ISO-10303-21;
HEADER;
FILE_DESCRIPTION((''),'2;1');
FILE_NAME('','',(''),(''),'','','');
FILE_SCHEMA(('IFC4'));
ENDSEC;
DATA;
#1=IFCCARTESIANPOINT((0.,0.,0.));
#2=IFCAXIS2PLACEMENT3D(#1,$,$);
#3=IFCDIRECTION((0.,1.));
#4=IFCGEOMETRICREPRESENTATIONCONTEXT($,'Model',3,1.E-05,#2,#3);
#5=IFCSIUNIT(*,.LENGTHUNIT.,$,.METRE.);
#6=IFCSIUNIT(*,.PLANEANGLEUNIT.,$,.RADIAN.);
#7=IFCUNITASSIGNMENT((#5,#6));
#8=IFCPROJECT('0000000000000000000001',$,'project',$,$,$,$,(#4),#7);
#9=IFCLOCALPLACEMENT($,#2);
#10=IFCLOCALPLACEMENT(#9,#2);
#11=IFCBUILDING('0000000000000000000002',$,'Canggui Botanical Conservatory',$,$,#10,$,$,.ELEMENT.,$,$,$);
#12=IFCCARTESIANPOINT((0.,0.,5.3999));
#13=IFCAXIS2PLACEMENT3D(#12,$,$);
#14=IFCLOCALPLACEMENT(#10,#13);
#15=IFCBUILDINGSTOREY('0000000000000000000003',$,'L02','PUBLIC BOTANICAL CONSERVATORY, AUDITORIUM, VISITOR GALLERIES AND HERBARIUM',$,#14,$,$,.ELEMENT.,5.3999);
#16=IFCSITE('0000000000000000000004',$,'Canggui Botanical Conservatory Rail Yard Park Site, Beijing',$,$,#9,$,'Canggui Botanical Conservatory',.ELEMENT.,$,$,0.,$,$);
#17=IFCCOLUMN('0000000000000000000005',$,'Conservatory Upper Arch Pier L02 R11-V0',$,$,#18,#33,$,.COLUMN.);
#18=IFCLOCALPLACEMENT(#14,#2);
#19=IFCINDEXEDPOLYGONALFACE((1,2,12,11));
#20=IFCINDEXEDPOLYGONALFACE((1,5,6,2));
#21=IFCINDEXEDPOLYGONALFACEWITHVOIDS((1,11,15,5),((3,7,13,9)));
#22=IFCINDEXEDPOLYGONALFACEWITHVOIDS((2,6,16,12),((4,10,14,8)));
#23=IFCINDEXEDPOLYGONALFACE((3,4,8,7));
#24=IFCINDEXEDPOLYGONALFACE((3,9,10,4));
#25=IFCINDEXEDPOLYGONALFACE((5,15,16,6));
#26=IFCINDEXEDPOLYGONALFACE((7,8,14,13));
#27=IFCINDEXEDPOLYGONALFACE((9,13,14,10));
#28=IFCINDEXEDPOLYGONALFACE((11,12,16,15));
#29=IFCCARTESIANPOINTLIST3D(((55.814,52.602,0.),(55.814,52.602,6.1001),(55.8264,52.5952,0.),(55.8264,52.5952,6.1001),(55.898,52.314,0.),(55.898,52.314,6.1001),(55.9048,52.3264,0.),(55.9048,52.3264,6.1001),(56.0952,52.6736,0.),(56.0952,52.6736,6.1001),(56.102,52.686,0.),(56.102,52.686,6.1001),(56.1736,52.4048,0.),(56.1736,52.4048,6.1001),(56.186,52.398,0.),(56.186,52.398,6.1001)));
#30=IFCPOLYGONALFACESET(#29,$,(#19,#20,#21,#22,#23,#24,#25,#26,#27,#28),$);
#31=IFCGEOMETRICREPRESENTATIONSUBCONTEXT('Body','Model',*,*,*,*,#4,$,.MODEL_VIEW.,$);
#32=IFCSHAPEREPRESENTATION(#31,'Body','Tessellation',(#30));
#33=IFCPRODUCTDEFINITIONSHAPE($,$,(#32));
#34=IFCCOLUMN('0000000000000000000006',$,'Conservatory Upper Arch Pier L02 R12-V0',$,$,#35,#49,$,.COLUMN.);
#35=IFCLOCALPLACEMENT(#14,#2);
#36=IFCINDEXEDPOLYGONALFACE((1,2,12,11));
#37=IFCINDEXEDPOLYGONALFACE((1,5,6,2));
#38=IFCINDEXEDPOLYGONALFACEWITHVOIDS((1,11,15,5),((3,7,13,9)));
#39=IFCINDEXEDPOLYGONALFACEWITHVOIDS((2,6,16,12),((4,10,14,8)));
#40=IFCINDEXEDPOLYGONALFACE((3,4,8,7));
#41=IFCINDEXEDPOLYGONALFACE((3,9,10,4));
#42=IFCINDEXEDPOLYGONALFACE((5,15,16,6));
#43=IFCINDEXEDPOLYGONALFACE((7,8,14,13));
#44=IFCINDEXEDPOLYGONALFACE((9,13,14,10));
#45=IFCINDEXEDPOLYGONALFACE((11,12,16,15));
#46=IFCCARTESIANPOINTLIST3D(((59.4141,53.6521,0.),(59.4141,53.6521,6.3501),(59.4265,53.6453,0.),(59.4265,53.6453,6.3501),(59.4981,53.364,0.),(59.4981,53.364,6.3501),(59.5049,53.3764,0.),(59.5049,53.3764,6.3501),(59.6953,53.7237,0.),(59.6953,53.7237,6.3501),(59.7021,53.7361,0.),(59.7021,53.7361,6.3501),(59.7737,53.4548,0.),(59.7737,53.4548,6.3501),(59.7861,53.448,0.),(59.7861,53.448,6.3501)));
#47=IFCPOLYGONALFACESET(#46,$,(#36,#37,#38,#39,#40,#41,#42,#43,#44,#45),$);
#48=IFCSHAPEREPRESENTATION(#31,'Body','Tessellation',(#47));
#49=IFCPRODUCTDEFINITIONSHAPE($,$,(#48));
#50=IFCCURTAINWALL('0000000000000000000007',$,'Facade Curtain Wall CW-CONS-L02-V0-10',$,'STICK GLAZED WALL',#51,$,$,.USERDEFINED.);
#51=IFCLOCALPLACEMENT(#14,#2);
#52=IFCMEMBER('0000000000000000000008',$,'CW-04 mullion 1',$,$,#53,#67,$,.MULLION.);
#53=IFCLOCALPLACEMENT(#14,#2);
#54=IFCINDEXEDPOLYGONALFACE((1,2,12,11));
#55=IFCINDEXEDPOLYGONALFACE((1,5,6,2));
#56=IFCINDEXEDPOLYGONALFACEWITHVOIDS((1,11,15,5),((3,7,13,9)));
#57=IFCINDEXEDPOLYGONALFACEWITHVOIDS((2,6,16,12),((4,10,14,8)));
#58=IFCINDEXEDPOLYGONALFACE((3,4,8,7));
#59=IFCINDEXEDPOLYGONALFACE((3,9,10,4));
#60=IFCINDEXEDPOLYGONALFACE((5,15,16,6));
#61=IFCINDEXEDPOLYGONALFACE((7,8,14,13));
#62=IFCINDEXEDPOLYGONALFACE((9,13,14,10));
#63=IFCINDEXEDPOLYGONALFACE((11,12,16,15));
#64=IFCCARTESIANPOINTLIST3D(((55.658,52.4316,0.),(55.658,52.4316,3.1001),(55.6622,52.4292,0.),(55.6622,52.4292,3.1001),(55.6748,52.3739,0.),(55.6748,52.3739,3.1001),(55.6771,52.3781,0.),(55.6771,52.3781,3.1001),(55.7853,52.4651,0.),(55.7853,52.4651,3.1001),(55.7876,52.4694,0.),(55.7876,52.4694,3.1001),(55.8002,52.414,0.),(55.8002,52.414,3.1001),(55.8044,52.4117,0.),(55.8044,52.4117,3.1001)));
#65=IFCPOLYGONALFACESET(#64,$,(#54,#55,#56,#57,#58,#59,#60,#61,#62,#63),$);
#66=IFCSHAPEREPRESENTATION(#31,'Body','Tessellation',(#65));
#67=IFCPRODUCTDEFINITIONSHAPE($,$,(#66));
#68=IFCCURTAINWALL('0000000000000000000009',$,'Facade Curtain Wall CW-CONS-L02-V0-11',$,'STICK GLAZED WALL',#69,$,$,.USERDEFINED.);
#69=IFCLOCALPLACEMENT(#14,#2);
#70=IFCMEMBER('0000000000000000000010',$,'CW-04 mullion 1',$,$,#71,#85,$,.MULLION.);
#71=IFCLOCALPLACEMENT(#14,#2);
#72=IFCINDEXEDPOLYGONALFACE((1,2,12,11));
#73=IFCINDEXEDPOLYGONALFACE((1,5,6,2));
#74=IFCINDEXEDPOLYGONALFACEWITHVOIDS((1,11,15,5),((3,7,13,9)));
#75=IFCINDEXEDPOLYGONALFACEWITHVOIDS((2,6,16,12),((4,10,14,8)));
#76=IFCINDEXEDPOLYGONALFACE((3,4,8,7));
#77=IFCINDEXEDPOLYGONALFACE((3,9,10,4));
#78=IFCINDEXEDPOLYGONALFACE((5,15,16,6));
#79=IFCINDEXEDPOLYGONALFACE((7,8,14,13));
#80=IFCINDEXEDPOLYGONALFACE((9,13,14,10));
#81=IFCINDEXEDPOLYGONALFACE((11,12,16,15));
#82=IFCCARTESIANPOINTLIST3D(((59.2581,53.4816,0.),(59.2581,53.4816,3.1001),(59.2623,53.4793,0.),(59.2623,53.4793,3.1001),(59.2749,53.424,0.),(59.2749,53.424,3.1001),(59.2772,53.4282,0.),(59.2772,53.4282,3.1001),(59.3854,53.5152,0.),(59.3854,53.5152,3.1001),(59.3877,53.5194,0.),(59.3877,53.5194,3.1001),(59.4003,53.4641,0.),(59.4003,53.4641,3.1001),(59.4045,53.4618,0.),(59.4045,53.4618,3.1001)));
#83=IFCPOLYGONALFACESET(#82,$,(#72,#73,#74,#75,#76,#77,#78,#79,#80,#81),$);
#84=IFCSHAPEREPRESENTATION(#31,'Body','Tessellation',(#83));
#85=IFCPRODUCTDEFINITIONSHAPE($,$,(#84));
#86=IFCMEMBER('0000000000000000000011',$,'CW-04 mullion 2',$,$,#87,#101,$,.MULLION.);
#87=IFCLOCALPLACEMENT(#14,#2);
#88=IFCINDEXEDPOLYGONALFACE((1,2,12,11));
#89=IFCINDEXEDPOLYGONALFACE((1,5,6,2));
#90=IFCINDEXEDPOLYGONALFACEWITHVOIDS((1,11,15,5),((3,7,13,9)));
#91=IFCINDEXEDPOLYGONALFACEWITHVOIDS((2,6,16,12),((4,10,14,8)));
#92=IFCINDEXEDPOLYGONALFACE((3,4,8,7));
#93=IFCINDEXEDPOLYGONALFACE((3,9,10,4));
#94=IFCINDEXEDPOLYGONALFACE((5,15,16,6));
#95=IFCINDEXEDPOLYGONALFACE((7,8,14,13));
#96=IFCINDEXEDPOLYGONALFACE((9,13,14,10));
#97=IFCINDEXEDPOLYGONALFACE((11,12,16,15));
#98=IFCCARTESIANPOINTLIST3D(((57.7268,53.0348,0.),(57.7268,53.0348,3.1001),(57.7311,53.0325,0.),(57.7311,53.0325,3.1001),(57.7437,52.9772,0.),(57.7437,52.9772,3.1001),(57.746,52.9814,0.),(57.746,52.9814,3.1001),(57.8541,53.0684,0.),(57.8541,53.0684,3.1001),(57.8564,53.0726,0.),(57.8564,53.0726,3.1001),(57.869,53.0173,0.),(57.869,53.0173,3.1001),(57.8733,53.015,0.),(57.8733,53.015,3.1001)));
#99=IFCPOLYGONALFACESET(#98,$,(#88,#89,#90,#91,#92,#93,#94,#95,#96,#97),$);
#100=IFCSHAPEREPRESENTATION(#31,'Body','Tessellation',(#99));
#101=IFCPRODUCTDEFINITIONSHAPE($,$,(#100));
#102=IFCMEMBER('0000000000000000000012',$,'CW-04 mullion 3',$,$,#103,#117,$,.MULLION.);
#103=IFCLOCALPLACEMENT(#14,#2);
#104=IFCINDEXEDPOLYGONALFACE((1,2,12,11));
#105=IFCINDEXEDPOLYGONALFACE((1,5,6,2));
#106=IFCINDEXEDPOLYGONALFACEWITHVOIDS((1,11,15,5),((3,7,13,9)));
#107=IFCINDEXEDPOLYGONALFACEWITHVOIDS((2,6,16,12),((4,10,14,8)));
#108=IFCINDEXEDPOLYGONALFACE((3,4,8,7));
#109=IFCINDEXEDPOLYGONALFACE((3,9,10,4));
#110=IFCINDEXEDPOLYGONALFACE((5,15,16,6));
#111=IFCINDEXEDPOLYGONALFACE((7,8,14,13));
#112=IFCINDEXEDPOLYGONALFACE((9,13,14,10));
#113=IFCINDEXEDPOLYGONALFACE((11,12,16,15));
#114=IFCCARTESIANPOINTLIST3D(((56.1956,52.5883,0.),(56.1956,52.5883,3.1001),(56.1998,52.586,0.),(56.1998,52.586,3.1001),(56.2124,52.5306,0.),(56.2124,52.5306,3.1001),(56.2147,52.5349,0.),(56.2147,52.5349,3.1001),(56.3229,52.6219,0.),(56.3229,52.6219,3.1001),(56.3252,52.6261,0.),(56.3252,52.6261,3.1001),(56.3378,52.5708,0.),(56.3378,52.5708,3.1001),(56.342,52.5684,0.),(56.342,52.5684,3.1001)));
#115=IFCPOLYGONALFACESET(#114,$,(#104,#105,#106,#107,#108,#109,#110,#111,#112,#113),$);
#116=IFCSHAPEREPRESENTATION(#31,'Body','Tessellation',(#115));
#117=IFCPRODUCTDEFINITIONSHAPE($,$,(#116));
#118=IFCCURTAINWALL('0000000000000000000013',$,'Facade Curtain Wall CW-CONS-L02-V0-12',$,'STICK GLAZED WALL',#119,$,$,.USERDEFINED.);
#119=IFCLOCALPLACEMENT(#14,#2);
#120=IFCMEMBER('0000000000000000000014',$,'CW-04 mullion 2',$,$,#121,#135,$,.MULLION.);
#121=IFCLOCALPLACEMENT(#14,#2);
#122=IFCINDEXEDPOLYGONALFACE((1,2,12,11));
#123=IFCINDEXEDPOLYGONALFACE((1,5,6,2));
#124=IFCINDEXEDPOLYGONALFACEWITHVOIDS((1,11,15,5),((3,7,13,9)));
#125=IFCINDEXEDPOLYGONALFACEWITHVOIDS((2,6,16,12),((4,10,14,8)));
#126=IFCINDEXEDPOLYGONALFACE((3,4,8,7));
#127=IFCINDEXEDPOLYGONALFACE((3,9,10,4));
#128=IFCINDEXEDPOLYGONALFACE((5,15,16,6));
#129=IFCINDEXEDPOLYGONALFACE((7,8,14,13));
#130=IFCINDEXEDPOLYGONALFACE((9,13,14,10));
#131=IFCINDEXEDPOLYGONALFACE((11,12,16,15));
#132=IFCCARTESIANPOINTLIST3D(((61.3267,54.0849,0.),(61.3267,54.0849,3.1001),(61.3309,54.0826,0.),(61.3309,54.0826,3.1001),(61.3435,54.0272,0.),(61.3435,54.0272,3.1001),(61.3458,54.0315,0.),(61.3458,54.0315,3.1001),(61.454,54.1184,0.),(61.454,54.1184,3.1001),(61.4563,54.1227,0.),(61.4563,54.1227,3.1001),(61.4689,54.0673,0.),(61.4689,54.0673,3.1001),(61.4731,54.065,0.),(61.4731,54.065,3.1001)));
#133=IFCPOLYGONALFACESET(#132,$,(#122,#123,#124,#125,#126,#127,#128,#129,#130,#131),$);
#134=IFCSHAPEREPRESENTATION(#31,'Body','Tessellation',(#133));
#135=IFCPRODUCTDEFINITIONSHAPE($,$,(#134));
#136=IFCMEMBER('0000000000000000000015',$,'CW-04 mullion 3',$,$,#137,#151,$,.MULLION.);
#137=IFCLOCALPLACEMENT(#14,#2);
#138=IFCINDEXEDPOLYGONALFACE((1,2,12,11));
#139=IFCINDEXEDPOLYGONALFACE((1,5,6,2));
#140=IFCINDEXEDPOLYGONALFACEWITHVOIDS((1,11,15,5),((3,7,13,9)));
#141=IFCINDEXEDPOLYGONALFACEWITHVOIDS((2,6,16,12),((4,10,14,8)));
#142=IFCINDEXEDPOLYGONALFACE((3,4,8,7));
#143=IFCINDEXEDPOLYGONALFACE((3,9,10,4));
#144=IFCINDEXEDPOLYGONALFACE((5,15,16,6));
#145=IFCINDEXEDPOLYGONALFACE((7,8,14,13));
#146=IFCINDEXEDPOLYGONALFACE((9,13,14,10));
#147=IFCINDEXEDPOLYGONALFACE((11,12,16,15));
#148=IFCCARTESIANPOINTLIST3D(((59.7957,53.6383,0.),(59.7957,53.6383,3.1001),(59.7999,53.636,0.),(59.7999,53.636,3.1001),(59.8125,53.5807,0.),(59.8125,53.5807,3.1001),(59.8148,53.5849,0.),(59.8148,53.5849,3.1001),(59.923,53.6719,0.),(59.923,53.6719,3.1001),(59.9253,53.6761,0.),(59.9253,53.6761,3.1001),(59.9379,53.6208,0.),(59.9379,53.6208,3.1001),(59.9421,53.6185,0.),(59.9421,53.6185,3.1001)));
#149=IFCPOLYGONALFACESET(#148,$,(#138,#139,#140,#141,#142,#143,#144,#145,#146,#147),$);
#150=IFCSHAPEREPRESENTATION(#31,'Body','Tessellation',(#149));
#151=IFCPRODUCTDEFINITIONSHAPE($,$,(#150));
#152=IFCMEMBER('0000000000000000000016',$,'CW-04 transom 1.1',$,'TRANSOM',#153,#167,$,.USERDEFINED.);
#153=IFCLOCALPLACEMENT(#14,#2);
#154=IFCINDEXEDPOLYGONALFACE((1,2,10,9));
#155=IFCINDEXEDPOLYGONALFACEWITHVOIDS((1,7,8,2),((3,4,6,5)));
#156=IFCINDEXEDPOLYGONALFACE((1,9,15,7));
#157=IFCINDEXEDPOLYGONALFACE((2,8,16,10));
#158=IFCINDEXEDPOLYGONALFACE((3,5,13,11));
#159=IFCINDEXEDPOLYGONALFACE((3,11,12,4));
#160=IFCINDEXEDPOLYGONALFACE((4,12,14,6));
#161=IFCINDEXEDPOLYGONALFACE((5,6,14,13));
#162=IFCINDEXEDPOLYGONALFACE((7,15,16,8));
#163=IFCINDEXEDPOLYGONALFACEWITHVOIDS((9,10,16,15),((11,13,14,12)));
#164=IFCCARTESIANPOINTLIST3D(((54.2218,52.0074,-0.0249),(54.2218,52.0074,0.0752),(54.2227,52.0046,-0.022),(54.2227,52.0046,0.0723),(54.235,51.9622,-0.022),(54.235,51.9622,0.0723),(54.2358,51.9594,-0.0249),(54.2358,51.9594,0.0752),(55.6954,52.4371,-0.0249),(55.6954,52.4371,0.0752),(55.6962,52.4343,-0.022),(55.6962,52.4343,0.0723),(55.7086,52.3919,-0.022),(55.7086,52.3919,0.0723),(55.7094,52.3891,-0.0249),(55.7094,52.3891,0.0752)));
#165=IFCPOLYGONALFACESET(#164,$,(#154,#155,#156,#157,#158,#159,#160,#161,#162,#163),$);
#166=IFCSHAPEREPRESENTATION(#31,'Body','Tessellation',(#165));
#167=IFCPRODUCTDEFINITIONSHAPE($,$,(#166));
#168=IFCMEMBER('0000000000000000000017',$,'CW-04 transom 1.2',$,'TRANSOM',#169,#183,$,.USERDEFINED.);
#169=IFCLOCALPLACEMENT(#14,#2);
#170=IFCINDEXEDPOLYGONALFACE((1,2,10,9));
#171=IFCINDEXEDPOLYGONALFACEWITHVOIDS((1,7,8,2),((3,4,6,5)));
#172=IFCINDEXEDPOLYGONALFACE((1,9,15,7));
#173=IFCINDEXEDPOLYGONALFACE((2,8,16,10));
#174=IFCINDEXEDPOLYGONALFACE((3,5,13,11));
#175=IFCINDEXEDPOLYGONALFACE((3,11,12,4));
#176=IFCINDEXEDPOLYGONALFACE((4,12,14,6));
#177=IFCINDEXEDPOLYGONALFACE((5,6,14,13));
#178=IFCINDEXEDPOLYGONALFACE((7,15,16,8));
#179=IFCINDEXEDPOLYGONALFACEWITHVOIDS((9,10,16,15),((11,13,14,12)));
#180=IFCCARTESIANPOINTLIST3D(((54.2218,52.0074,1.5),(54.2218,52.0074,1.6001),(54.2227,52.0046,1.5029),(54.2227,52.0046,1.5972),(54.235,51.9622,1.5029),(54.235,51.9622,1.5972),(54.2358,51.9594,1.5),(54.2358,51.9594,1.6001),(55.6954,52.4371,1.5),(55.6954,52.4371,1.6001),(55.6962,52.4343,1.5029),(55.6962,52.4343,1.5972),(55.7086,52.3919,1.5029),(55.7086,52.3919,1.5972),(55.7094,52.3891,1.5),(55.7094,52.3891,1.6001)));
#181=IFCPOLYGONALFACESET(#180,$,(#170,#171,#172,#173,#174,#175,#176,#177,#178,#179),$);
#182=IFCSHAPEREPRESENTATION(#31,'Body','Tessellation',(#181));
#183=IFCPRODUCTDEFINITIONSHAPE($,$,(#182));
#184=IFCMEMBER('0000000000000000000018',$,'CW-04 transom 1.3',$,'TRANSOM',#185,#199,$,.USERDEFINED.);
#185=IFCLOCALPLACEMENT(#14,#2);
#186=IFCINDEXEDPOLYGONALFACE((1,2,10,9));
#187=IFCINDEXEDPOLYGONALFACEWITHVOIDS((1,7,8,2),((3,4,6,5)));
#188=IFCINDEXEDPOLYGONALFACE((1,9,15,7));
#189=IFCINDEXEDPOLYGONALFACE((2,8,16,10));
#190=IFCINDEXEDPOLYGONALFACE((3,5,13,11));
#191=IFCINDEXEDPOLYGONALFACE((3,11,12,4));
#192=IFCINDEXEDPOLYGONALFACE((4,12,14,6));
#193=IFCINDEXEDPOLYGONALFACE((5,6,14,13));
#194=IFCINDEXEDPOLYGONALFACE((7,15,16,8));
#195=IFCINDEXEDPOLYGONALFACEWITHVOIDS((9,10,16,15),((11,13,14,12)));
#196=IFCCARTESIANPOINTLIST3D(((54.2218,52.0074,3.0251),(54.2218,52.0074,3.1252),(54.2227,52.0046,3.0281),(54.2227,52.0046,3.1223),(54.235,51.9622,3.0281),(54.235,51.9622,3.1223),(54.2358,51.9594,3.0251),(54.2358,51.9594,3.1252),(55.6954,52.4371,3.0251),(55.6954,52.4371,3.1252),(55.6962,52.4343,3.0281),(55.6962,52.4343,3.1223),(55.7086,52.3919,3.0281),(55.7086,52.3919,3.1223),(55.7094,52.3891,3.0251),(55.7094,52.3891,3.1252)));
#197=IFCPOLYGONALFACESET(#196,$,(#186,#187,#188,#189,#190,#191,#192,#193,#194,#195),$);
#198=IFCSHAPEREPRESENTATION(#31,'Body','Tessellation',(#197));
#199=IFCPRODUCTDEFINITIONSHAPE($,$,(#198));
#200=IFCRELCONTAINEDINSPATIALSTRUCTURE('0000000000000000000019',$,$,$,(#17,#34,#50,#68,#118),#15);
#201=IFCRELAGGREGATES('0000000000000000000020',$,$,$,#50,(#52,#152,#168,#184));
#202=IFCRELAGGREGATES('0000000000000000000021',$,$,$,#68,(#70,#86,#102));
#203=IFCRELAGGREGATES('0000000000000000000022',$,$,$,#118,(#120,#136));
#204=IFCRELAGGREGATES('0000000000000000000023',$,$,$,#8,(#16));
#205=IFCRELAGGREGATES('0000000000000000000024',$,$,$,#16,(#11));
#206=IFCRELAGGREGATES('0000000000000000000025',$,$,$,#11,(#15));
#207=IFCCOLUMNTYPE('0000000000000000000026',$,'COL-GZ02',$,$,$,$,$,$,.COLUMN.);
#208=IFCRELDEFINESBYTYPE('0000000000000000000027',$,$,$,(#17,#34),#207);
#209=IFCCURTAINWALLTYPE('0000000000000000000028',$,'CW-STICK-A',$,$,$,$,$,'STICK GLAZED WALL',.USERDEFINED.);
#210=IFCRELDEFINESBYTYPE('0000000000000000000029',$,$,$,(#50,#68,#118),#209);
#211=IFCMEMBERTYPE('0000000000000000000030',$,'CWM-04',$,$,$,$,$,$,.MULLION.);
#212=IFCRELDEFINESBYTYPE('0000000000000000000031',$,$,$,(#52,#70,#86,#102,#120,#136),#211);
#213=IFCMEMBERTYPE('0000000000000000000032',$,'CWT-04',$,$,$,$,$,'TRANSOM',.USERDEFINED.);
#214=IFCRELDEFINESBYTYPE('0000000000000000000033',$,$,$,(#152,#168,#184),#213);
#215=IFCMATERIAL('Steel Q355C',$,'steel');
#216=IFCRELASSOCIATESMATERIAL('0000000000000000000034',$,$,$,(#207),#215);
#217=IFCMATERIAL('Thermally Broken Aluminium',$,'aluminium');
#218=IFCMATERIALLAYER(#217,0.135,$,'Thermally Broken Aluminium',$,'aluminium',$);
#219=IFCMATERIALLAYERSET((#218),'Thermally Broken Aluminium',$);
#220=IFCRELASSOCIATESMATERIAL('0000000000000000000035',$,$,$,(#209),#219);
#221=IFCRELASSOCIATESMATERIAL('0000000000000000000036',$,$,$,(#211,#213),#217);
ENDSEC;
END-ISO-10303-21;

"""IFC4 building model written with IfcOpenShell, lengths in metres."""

from ifc_helpers import new_model, si_unit, direction, frame, origin, origin_2d, place, context, subcontext, project, spatial, hollow_rectangle, extrude, material, layer, layer_set, material_profile, profile_set, type_object, element, aggregate, save


model = new_model("IFC4")

# Units and contexts
model_context = context("Model", 3, precision=1e-05, world=origin(), true_north=direction((0.0, 1.0)))
body_context = subcontext(model_context, "Body", "Model", "MODEL_VIEW")
ifc_project = project(units=[si_unit("LENGTHUNIT", "METRE"), si_unit("PLANEANGLEUNIT", "RADIAN")], contexts=[model_context])

# Site, building, storey
site_placement = place(None, origin())
site = spatial("IfcSite", under=ifc_project, at=site_placement, Name="Canggui Botanical Conservatory Rail Yard Park Site, Beijing", LongName="Canggui Botanical Conservatory", CompositionType="ELEMENT", RefElevation=0.0)
building_placement = place(site_placement, origin())
building = spatial("IfcBuilding", under=site, at=building_placement, Name="Canggui Botanical Conservatory", CompositionType="ELEMENT")
storey_placement = place(building_placement, frame((0.0, 0.0, 5.3999)))
storey = spatial("IfcBuildingStorey", under=building, at=storey_placement, Name="L02", Description="PUBLIC BOTANICAL CONSERVATORY, AUDITORIUM, VISITOR GALLERIES AND HERBARIUM", CompositionType="ELEMENT", Elevation=5.3999)

# Columns
ifc_material_1 = material(Name="Steel Q355C", Category="steel")
ifc_material_profile_1 = material_profile(ifc_material_1, hollow_rectangle(XDim=0.3, YDim=0.3, WallThickness=0.01, at=origin_2d()), Name="SHS 300x300x10")
ifc_profile_set_1 = profile_set([ifc_material_profile_1], Name="Steel Q355C")
column_type = type_object("IfcColumnType", Name="COL-GZ02", PredefinedType="COLUMN", material=ifc_profile_set_1)
column_1_placement = place(storey_placement, frame((56.0, 52.5, 0.0), z_axis=(0.0, 0.0, 1.0), x_axis=(0.96, 0.28, 0.0)))
element("IfcColumn", 1, at=column_1_placement, inside=storey, type_object=column_type, Name="Conservatory Upper Arch Pier L02 R11-V0", PredefinedType="COLUMN", context=body_context, shape_type="SweptSolid", body=[
    extrude(hollow_rectangle(XDim=0.3, YDim=0.3, WallThickness=0.01, at=origin_2d()), origin(), (0.0, 0.0, 1.0), 6.1001),
])
column_2_placement = place(storey_placement, frame((59.6001, 53.55, 0.0), z_axis=(0.0, 0.0, 1.0), x_axis=(0.96, 0.28, 0.0)))
element("IfcColumn", 2, at=column_2_placement, inside=storey, type_object=column_type, Name="Conservatory Upper Arch Pier L02 R12-V0", PredefinedType="COLUMN", context=body_context, shape_type="SweptSolid", body=[
    extrude(hollow_rectangle(XDim=0.3, YDim=0.3, WallThickness=0.01, at=origin_2d()), origin(), (0.0, 0.0, 1.0), 6.3501),
])

# Curtain wall, member
ifc_material_2 = material(Name="Thermally Broken Aluminium", Category="aluminium")
ifc_layer_1 = layer(ifc_material_2, 0.135, Name="Thermally Broken Aluminium", Category="aluminium")
ifc_layer_set_1 = layer_set([ifc_layer_1], Name="Thermally Broken Aluminium")
curtain_wall_type = type_object("IfcCurtainWallType", Name="CW-STICK-A", ElementType="STICK GLAZED WALL", PredefinedType="USERDEFINED", material=ifc_layer_set_1)
curtain_wall_1_placement = place(storey_placement, origin())
curtain_wall_1 = element("IfcCurtainWall", 3, at=curtain_wall_1_placement, inside=storey, type_object=curtain_wall_type, Name="Facade Curtain Wall CW-CONS-L02-V0-10", ObjectType="STICK GLAZED WALL", PredefinedType="USERDEFINED")
ifc_material_profile_2 = material_profile(ifc_material_2, hollow_rectangle(XDim=0.0601, YDim=0.135, WallThickness=0.0034, at=origin_2d()), Name="CWM 60x135x3.5")
ifc_profile_set_2 = profile_set([ifc_material_profile_2], Name="Thermally Broken Aluminium")
member_type_1 = type_object("IfcMemberType", Name="CWM-04", PredefinedType="MULLION", material=ifc_profile_set_2)
member_1_placement = place(storey_placement, frame((55.7312, 52.4216, 0.0), z_axis=(0.0, 0.0, 1.0), x_axis=(0.28, -0.96, 0.0)))
member_1 = element("IfcMember", 4, at=member_1_placement, type_object=member_type_1, Name="CW-04 mullion 1", PredefinedType="MULLION", context=body_context, shape_type="SweptSolid", body=[
    extrude(hollow_rectangle(XDim=0.0601, YDim=0.135, WallThickness=0.0034, at=origin_2d()), origin(), (0.0, 0.0, 1.0), 3.1001),
])

# Curtain walls, members
curtain_wall_2_placement = place(storey_placement, origin())
curtain_wall_2 = element("IfcCurtainWall", 5, at=curtain_wall_2_placement, inside=storey, type_object=curtain_wall_type, Name="Facade Curtain Wall CW-CONS-L02-V0-11", ObjectType="STICK GLAZED WALL", PredefinedType="USERDEFINED")
member_2_placement = place(storey_placement, frame((59.3313, 53.4717, 0.0), z_axis=(0.0, 0.0, 1.0), x_axis=(0.28, -0.96, 0.0)))
member_2 = element("IfcMember", 6, at=member_2_placement, type_object=member_type_1, Name="CW-04 mullion 1", PredefinedType="MULLION", context=body_context, shape_type="SweptSolid", body=[
    extrude(hollow_rectangle(XDim=0.0601, YDim=0.135, WallThickness=0.0034, at=origin_2d()), origin(), (0.0, 0.0, 1.0), 3.1001),
])
member_3_placement = place(storey_placement, frame((57.8, 53.0249, 0.0), z_axis=(0.0, 0.0, 1.0), x_axis=(0.28, -0.96, 0.0)))
member_3 = element("IfcMember", 7, at=member_3_placement, type_object=member_type_1, Name="CW-04 mullion 2", PredefinedType="MULLION", context=body_context, shape_type="SweptSolid", body=[
    extrude(hollow_rectangle(XDim=0.0601, YDim=0.135, WallThickness=0.0034, at=origin_2d()), origin(), (0.0, 0.0, 1.0), 3.1001),
])
member_4_placement = place(storey_placement, frame((56.2688, 52.5784, 0.0), z_axis=(0.0, 0.0, 1.0), x_axis=(0.28, -0.96, 0.0)))
member_4 = element("IfcMember", 8, at=member_4_placement, type_object=member_type_1, Name="CW-04 mullion 3", PredefinedType="MULLION", context=body_context, shape_type="SweptSolid", body=[
    extrude(hollow_rectangle(XDim=0.0601, YDim=0.135, WallThickness=0.0034, at=origin_2d()), origin(), (0.0, 0.0, 1.0), 3.1001),
])
curtain_wall_3_placement = place(storey_placement, origin())
curtain_wall_3 = element("IfcCurtainWall", 9, at=curtain_wall_3_placement, inside=storey, type_object=curtain_wall_type, Name="Facade Curtain Wall CW-CONS-L02-V0-12", ObjectType="STICK GLAZED WALL", PredefinedType="USERDEFINED")
member_5_placement = place(storey_placement, frame((61.3999, 54.075, 0.0), z_axis=(0.0, 0.0, 1.0), x_axis=(0.28, -0.96, 0.0)))
member_5 = element("IfcMember", 10, at=member_5_placement, type_object=member_type_1, Name="CW-04 mullion 2", PredefinedType="MULLION", context=body_context, shape_type="SweptSolid", body=[
    extrude(hollow_rectangle(XDim=0.0601, YDim=0.135, WallThickness=0.0034, at=origin_2d()), origin(), (0.0, 0.0, 1.0), 3.1001),
])
member_6_placement = place(storey_placement, frame((59.8689, 53.6284, 0.0), z_axis=(0.0, 0.0, 1.0), x_axis=(0.28, -0.96, 0.0)))
member_6 = element("IfcMember", 11, at=member_6_placement, type_object=member_type_1, Name="CW-04 mullion 3", PredefinedType="MULLION", context=body_context, shape_type="SweptSolid", body=[
    extrude(hollow_rectangle(XDim=0.0601, YDim=0.135, WallThickness=0.0034, at=origin_2d()), origin(), (0.0, 0.0, 1.0), 3.1001),
])

# Members
ifc_material_profile_3 = material_profile(ifc_material_2, hollow_rectangle(XDim=0.05, YDim=0.1001, WallThickness=0.0029, at=origin_2d()), Name="CWT 50x100x3")
ifc_profile_set_3 = profile_set([ifc_material_profile_3], Name="Thermally Broken Aluminium")
member_type_2 = type_object("IfcMemberType", Name="CWT-04", ElementType="TRANSOM", PredefinedType="USERDEFINED", material=ifc_profile_set_3)
member_7_placement = place(storey_placement, frame((55.7024, 52.4131, 0.0251), z_axis=(-0.960021, -0.279927, 0.0), x_axis=(0.279927, -0.960021, 0.0)))
member_7 = element("IfcMember", 12, at=member_7_placement, type_object=member_type_2, Name="CW-04 transom 1.1", ObjectType="TRANSOM", PredefinedType="USERDEFINED", context=body_context, shape_type="SweptSolid", body=[
    extrude(hollow_rectangle(XDim=0.05, YDim=0.1001, WallThickness=0.0029, at=origin_2d()), origin(), (0.0, 0.0, 1.0), 1.5349),
])
member_8_placement = place(storey_placement, frame((55.7024, 52.4131, 1.55), z_axis=(-0.960021, -0.279927, 0.0), x_axis=(0.279927, -0.960021, 0.0)))
member_8 = element("IfcMember", 13, at=member_8_placement, type_object=member_type_2, Name="CW-04 transom 1.2", ObjectType="TRANSOM", PredefinedType="USERDEFINED", context=body_context, shape_type="SweptSolid", body=[
    extrude(hollow_rectangle(XDim=0.05, YDim=0.1001, WallThickness=0.0029, at=origin_2d()), origin(), (0.0, 0.0, 1.0), 1.5349),
])
member_9_placement = place(storey_placement, frame((55.7024, 52.4131, 3.0752), z_axis=(-0.960021, -0.279927, 0.0), x_axis=(0.279927, -0.960021, 0.0)))
member_9 = element("IfcMember", 14, at=member_9_placement, type_object=member_type_2, Name="CW-04 transom 1.3", ObjectType="TRANSOM", PredefinedType="USERDEFINED", context=body_context, shape_type="SweptSolid", body=[
    extrude(hollow_rectangle(XDim=0.05, YDim=0.1001, WallThickness=0.0029, at=origin_2d()), origin(), (0.0, 0.0, 1.0), 1.5349),
])

aggregate(curtain_wall_1, [member_1, member_7, member_8, member_9])
aggregate(curtain_wall_2, [member_2, member_3, member_4])
aggregate(curtain_wall_3, [member_5, member_6])

save(model, "model.ifc")
